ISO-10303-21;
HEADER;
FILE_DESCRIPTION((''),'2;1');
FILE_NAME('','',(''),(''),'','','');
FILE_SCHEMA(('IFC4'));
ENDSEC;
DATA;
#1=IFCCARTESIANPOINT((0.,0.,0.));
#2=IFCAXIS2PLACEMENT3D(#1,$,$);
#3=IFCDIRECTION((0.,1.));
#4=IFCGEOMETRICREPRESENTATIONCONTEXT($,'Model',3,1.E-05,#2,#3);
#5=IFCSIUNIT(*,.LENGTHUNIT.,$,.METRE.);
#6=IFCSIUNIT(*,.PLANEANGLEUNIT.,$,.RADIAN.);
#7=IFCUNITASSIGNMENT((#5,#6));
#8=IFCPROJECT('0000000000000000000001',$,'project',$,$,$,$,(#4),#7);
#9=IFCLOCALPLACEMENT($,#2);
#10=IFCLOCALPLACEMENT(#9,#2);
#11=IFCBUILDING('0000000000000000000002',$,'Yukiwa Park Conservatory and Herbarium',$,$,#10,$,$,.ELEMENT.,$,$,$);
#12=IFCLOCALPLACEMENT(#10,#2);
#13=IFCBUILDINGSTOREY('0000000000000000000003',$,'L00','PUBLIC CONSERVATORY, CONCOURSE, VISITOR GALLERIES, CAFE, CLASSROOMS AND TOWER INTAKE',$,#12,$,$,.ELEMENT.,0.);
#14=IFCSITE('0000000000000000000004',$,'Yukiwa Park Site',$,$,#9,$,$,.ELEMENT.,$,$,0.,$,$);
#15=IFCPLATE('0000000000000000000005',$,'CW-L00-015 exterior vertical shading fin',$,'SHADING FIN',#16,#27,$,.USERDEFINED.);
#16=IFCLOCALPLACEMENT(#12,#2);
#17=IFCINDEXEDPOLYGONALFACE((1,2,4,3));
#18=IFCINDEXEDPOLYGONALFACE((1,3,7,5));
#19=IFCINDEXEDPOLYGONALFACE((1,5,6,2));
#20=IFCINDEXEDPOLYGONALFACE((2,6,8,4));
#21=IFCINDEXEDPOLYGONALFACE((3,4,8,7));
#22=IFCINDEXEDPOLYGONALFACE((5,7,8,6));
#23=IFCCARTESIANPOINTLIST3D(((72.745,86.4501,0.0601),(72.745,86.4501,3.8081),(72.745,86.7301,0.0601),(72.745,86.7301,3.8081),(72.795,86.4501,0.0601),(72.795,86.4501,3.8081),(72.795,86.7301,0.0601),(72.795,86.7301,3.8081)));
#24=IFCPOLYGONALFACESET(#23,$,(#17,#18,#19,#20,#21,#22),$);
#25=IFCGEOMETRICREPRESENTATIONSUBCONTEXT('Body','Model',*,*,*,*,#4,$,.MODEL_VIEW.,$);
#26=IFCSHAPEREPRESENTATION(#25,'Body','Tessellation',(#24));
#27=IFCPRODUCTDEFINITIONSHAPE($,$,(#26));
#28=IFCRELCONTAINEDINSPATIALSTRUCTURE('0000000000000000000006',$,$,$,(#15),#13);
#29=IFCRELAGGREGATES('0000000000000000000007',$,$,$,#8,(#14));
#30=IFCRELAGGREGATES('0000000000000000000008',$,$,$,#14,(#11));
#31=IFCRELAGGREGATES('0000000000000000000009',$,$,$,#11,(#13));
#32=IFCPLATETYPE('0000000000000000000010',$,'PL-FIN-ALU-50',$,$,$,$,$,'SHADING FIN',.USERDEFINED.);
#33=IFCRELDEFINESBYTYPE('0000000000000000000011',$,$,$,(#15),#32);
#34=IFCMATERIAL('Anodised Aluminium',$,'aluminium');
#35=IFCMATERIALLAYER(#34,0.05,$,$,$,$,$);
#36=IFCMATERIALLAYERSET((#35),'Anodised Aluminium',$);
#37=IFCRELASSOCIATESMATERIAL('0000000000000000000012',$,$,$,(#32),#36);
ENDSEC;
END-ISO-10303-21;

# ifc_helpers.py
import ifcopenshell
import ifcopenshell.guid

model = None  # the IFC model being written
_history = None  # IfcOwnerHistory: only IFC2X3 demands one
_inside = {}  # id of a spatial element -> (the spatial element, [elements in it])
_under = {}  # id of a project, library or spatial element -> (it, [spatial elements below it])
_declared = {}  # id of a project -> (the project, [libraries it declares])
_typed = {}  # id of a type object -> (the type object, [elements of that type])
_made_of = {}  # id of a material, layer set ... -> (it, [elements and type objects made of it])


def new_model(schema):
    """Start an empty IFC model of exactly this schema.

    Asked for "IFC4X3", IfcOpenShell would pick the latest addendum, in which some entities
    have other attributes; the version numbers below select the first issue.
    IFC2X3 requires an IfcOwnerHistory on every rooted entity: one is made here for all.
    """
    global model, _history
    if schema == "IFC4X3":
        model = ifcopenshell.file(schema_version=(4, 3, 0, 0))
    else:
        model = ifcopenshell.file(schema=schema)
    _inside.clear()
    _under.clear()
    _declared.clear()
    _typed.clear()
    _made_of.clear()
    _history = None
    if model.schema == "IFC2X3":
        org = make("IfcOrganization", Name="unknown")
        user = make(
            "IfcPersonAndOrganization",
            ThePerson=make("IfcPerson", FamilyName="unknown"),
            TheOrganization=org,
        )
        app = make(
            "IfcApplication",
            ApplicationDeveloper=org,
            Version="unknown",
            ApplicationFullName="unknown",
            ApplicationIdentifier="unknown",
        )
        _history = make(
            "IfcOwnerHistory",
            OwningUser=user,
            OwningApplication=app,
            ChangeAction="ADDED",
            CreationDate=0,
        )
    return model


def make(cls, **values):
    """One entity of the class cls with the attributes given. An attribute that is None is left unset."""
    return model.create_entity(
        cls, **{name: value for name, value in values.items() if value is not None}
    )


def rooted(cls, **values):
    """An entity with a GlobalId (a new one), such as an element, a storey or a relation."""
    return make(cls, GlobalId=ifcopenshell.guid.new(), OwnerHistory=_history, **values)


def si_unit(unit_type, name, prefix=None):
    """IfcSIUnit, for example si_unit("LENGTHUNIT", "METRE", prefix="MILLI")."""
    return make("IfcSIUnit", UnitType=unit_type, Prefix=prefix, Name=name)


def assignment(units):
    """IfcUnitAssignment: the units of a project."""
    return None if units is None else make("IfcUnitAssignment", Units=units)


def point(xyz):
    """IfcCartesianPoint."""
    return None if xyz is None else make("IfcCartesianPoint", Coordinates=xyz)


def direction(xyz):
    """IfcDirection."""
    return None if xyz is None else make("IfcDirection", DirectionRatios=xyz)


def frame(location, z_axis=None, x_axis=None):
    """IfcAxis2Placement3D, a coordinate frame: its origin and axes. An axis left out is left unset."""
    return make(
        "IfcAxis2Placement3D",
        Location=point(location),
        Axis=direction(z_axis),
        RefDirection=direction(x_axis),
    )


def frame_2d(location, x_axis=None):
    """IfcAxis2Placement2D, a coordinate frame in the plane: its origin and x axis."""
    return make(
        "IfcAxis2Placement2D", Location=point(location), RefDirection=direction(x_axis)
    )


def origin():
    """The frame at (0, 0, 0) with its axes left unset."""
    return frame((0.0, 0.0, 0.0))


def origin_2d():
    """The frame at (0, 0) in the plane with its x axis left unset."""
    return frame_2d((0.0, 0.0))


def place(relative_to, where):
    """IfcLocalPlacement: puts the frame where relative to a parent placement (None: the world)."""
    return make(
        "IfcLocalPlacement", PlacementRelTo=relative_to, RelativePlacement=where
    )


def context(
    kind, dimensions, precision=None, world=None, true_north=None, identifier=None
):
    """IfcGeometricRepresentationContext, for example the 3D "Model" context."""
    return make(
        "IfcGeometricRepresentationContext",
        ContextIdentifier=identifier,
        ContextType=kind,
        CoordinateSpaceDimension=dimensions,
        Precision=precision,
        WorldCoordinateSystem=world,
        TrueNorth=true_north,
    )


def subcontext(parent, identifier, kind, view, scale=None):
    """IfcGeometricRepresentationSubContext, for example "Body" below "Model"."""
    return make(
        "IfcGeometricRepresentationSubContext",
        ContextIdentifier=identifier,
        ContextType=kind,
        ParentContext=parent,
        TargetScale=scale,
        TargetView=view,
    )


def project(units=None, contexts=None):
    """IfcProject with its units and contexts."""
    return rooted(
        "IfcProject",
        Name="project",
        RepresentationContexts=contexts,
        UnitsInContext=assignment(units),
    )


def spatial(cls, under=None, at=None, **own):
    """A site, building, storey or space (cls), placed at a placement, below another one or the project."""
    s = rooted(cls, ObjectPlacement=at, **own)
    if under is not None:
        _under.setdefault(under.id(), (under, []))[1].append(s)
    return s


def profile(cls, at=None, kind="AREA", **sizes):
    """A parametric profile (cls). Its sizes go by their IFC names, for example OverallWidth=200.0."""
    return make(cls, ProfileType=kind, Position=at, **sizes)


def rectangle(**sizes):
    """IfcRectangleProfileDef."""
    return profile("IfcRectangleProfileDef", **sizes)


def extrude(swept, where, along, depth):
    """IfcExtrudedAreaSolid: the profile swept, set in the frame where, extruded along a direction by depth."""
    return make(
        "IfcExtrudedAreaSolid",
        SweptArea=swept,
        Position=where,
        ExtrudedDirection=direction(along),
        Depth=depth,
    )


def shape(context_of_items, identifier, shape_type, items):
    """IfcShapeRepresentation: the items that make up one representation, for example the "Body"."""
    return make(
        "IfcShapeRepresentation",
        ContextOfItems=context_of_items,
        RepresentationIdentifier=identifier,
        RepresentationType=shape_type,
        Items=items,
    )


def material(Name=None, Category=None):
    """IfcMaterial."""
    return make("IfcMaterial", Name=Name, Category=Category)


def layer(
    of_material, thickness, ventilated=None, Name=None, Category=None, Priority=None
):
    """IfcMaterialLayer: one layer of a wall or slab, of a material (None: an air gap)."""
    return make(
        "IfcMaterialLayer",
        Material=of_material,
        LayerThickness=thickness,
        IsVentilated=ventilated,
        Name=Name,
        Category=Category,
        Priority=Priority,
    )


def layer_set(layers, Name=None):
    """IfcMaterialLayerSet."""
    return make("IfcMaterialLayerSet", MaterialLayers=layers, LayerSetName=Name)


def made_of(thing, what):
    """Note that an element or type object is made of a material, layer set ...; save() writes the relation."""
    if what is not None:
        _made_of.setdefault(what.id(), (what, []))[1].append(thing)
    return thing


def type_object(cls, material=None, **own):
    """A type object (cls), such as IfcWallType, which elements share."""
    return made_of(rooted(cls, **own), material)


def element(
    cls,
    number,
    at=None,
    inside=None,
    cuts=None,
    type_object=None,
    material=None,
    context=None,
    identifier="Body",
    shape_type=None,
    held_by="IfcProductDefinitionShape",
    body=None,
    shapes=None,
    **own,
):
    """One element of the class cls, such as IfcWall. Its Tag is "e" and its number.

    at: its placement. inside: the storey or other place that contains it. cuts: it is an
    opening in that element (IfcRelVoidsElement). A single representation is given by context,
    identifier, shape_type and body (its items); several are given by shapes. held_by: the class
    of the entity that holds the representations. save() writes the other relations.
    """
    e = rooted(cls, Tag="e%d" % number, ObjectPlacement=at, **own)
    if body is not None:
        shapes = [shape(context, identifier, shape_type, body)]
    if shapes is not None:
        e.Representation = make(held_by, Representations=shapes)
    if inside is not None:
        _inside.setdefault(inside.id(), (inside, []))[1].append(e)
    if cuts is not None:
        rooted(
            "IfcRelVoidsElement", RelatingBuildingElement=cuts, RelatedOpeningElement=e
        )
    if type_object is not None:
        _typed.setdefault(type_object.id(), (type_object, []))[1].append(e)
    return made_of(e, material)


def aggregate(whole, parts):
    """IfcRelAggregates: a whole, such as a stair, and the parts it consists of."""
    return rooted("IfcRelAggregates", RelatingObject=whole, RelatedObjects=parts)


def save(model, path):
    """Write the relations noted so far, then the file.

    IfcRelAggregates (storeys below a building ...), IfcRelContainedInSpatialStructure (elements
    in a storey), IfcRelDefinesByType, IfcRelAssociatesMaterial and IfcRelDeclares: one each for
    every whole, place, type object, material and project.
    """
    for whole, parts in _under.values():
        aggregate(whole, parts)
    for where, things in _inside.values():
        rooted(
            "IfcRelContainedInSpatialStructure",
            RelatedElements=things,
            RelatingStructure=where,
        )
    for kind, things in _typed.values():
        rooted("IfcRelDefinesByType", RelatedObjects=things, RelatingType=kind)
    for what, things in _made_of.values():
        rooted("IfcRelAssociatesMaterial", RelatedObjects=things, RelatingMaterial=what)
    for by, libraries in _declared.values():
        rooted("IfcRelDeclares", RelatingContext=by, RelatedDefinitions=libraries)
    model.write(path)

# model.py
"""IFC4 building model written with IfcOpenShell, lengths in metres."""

from ifc_helpers import new_model, si_unit, direction, frame, origin, origin_2d, place, context, subcontext, project, spatial, rectangle, extrude, material, layer, layer_set, type_object, element, save


model = new_model("IFC4")

# Units and contexts
model_context = context("Model", 3, precision=1e-05, world=origin(), true_north=direction((0.0, 1.0)))
body_context = subcontext(model_context, "Body", "Model", "MODEL_VIEW")
ifc_project = project(units=[si_unit("LENGTHUNIT", "METRE"), si_unit("PLANEANGLEUNIT", "RADIAN")], contexts=[model_context])

# Site, building, storey
site_placement = place(None, origin())
site = spatial("IfcSite", under=ifc_project, at=site_placement, Name="Yukiwa Park Site", CompositionType="ELEMENT", RefElevation=0.0)
building_placement = place(site_placement, origin())
building = spatial("IfcBuilding", under=site, at=building_placement, Name="Yukiwa Park Conservatory and Herbarium", CompositionType="ELEMENT")
storey_placement = place(building_placement, origin())
storey = spatial("IfcBuildingStorey", under=building, at=storey_placement, Name="L00", Description="PUBLIC CONSERVATORY, CONCOURSE, VISITOR GALLERIES, CAFE, CLASSROOMS AND TOWER INTAKE", CompositionType="ELEMENT", Elevation=0.0)

# Plate
ifc_material_1 = material(Name="Anodised Aluminium", Category="aluminium")
ifc_layer_1 = layer(ifc_material_1, 0.05)
ifc_layer_set_1 = layer_set([ifc_layer_1], Name="Anodised Aluminium")
plate_type_1 = type_object("IfcPlateType", Name="PL-FIN-ALU-50", ElementType="SHADING FIN", PredefinedType="USERDEFINED", material=ifc_layer_set_1)
plate_1_placement = place(storey_placement, frame((72.77, 86.5901, 0.0601), z_axis=(0.0, 0.0, 1.0), x_axis=(-1.0, 0.0, 0.0)))
element("IfcPlate", 1, at=plate_1_placement, inside=storey, type_object=plate_type_1, Name="CW-L00-015 exterior vertical shading fin", ObjectType="SHADING FIN", PredefinedType="USERDEFINED", context=body_context, shape_type="SweptSolid", body=[
    extrude(rectangle(XDim=0.05, YDim=0.28, at=origin_2d()), origin(), (0.0, 0.0, 1.0), 3.748),
])

save(model, "model.ifc")
